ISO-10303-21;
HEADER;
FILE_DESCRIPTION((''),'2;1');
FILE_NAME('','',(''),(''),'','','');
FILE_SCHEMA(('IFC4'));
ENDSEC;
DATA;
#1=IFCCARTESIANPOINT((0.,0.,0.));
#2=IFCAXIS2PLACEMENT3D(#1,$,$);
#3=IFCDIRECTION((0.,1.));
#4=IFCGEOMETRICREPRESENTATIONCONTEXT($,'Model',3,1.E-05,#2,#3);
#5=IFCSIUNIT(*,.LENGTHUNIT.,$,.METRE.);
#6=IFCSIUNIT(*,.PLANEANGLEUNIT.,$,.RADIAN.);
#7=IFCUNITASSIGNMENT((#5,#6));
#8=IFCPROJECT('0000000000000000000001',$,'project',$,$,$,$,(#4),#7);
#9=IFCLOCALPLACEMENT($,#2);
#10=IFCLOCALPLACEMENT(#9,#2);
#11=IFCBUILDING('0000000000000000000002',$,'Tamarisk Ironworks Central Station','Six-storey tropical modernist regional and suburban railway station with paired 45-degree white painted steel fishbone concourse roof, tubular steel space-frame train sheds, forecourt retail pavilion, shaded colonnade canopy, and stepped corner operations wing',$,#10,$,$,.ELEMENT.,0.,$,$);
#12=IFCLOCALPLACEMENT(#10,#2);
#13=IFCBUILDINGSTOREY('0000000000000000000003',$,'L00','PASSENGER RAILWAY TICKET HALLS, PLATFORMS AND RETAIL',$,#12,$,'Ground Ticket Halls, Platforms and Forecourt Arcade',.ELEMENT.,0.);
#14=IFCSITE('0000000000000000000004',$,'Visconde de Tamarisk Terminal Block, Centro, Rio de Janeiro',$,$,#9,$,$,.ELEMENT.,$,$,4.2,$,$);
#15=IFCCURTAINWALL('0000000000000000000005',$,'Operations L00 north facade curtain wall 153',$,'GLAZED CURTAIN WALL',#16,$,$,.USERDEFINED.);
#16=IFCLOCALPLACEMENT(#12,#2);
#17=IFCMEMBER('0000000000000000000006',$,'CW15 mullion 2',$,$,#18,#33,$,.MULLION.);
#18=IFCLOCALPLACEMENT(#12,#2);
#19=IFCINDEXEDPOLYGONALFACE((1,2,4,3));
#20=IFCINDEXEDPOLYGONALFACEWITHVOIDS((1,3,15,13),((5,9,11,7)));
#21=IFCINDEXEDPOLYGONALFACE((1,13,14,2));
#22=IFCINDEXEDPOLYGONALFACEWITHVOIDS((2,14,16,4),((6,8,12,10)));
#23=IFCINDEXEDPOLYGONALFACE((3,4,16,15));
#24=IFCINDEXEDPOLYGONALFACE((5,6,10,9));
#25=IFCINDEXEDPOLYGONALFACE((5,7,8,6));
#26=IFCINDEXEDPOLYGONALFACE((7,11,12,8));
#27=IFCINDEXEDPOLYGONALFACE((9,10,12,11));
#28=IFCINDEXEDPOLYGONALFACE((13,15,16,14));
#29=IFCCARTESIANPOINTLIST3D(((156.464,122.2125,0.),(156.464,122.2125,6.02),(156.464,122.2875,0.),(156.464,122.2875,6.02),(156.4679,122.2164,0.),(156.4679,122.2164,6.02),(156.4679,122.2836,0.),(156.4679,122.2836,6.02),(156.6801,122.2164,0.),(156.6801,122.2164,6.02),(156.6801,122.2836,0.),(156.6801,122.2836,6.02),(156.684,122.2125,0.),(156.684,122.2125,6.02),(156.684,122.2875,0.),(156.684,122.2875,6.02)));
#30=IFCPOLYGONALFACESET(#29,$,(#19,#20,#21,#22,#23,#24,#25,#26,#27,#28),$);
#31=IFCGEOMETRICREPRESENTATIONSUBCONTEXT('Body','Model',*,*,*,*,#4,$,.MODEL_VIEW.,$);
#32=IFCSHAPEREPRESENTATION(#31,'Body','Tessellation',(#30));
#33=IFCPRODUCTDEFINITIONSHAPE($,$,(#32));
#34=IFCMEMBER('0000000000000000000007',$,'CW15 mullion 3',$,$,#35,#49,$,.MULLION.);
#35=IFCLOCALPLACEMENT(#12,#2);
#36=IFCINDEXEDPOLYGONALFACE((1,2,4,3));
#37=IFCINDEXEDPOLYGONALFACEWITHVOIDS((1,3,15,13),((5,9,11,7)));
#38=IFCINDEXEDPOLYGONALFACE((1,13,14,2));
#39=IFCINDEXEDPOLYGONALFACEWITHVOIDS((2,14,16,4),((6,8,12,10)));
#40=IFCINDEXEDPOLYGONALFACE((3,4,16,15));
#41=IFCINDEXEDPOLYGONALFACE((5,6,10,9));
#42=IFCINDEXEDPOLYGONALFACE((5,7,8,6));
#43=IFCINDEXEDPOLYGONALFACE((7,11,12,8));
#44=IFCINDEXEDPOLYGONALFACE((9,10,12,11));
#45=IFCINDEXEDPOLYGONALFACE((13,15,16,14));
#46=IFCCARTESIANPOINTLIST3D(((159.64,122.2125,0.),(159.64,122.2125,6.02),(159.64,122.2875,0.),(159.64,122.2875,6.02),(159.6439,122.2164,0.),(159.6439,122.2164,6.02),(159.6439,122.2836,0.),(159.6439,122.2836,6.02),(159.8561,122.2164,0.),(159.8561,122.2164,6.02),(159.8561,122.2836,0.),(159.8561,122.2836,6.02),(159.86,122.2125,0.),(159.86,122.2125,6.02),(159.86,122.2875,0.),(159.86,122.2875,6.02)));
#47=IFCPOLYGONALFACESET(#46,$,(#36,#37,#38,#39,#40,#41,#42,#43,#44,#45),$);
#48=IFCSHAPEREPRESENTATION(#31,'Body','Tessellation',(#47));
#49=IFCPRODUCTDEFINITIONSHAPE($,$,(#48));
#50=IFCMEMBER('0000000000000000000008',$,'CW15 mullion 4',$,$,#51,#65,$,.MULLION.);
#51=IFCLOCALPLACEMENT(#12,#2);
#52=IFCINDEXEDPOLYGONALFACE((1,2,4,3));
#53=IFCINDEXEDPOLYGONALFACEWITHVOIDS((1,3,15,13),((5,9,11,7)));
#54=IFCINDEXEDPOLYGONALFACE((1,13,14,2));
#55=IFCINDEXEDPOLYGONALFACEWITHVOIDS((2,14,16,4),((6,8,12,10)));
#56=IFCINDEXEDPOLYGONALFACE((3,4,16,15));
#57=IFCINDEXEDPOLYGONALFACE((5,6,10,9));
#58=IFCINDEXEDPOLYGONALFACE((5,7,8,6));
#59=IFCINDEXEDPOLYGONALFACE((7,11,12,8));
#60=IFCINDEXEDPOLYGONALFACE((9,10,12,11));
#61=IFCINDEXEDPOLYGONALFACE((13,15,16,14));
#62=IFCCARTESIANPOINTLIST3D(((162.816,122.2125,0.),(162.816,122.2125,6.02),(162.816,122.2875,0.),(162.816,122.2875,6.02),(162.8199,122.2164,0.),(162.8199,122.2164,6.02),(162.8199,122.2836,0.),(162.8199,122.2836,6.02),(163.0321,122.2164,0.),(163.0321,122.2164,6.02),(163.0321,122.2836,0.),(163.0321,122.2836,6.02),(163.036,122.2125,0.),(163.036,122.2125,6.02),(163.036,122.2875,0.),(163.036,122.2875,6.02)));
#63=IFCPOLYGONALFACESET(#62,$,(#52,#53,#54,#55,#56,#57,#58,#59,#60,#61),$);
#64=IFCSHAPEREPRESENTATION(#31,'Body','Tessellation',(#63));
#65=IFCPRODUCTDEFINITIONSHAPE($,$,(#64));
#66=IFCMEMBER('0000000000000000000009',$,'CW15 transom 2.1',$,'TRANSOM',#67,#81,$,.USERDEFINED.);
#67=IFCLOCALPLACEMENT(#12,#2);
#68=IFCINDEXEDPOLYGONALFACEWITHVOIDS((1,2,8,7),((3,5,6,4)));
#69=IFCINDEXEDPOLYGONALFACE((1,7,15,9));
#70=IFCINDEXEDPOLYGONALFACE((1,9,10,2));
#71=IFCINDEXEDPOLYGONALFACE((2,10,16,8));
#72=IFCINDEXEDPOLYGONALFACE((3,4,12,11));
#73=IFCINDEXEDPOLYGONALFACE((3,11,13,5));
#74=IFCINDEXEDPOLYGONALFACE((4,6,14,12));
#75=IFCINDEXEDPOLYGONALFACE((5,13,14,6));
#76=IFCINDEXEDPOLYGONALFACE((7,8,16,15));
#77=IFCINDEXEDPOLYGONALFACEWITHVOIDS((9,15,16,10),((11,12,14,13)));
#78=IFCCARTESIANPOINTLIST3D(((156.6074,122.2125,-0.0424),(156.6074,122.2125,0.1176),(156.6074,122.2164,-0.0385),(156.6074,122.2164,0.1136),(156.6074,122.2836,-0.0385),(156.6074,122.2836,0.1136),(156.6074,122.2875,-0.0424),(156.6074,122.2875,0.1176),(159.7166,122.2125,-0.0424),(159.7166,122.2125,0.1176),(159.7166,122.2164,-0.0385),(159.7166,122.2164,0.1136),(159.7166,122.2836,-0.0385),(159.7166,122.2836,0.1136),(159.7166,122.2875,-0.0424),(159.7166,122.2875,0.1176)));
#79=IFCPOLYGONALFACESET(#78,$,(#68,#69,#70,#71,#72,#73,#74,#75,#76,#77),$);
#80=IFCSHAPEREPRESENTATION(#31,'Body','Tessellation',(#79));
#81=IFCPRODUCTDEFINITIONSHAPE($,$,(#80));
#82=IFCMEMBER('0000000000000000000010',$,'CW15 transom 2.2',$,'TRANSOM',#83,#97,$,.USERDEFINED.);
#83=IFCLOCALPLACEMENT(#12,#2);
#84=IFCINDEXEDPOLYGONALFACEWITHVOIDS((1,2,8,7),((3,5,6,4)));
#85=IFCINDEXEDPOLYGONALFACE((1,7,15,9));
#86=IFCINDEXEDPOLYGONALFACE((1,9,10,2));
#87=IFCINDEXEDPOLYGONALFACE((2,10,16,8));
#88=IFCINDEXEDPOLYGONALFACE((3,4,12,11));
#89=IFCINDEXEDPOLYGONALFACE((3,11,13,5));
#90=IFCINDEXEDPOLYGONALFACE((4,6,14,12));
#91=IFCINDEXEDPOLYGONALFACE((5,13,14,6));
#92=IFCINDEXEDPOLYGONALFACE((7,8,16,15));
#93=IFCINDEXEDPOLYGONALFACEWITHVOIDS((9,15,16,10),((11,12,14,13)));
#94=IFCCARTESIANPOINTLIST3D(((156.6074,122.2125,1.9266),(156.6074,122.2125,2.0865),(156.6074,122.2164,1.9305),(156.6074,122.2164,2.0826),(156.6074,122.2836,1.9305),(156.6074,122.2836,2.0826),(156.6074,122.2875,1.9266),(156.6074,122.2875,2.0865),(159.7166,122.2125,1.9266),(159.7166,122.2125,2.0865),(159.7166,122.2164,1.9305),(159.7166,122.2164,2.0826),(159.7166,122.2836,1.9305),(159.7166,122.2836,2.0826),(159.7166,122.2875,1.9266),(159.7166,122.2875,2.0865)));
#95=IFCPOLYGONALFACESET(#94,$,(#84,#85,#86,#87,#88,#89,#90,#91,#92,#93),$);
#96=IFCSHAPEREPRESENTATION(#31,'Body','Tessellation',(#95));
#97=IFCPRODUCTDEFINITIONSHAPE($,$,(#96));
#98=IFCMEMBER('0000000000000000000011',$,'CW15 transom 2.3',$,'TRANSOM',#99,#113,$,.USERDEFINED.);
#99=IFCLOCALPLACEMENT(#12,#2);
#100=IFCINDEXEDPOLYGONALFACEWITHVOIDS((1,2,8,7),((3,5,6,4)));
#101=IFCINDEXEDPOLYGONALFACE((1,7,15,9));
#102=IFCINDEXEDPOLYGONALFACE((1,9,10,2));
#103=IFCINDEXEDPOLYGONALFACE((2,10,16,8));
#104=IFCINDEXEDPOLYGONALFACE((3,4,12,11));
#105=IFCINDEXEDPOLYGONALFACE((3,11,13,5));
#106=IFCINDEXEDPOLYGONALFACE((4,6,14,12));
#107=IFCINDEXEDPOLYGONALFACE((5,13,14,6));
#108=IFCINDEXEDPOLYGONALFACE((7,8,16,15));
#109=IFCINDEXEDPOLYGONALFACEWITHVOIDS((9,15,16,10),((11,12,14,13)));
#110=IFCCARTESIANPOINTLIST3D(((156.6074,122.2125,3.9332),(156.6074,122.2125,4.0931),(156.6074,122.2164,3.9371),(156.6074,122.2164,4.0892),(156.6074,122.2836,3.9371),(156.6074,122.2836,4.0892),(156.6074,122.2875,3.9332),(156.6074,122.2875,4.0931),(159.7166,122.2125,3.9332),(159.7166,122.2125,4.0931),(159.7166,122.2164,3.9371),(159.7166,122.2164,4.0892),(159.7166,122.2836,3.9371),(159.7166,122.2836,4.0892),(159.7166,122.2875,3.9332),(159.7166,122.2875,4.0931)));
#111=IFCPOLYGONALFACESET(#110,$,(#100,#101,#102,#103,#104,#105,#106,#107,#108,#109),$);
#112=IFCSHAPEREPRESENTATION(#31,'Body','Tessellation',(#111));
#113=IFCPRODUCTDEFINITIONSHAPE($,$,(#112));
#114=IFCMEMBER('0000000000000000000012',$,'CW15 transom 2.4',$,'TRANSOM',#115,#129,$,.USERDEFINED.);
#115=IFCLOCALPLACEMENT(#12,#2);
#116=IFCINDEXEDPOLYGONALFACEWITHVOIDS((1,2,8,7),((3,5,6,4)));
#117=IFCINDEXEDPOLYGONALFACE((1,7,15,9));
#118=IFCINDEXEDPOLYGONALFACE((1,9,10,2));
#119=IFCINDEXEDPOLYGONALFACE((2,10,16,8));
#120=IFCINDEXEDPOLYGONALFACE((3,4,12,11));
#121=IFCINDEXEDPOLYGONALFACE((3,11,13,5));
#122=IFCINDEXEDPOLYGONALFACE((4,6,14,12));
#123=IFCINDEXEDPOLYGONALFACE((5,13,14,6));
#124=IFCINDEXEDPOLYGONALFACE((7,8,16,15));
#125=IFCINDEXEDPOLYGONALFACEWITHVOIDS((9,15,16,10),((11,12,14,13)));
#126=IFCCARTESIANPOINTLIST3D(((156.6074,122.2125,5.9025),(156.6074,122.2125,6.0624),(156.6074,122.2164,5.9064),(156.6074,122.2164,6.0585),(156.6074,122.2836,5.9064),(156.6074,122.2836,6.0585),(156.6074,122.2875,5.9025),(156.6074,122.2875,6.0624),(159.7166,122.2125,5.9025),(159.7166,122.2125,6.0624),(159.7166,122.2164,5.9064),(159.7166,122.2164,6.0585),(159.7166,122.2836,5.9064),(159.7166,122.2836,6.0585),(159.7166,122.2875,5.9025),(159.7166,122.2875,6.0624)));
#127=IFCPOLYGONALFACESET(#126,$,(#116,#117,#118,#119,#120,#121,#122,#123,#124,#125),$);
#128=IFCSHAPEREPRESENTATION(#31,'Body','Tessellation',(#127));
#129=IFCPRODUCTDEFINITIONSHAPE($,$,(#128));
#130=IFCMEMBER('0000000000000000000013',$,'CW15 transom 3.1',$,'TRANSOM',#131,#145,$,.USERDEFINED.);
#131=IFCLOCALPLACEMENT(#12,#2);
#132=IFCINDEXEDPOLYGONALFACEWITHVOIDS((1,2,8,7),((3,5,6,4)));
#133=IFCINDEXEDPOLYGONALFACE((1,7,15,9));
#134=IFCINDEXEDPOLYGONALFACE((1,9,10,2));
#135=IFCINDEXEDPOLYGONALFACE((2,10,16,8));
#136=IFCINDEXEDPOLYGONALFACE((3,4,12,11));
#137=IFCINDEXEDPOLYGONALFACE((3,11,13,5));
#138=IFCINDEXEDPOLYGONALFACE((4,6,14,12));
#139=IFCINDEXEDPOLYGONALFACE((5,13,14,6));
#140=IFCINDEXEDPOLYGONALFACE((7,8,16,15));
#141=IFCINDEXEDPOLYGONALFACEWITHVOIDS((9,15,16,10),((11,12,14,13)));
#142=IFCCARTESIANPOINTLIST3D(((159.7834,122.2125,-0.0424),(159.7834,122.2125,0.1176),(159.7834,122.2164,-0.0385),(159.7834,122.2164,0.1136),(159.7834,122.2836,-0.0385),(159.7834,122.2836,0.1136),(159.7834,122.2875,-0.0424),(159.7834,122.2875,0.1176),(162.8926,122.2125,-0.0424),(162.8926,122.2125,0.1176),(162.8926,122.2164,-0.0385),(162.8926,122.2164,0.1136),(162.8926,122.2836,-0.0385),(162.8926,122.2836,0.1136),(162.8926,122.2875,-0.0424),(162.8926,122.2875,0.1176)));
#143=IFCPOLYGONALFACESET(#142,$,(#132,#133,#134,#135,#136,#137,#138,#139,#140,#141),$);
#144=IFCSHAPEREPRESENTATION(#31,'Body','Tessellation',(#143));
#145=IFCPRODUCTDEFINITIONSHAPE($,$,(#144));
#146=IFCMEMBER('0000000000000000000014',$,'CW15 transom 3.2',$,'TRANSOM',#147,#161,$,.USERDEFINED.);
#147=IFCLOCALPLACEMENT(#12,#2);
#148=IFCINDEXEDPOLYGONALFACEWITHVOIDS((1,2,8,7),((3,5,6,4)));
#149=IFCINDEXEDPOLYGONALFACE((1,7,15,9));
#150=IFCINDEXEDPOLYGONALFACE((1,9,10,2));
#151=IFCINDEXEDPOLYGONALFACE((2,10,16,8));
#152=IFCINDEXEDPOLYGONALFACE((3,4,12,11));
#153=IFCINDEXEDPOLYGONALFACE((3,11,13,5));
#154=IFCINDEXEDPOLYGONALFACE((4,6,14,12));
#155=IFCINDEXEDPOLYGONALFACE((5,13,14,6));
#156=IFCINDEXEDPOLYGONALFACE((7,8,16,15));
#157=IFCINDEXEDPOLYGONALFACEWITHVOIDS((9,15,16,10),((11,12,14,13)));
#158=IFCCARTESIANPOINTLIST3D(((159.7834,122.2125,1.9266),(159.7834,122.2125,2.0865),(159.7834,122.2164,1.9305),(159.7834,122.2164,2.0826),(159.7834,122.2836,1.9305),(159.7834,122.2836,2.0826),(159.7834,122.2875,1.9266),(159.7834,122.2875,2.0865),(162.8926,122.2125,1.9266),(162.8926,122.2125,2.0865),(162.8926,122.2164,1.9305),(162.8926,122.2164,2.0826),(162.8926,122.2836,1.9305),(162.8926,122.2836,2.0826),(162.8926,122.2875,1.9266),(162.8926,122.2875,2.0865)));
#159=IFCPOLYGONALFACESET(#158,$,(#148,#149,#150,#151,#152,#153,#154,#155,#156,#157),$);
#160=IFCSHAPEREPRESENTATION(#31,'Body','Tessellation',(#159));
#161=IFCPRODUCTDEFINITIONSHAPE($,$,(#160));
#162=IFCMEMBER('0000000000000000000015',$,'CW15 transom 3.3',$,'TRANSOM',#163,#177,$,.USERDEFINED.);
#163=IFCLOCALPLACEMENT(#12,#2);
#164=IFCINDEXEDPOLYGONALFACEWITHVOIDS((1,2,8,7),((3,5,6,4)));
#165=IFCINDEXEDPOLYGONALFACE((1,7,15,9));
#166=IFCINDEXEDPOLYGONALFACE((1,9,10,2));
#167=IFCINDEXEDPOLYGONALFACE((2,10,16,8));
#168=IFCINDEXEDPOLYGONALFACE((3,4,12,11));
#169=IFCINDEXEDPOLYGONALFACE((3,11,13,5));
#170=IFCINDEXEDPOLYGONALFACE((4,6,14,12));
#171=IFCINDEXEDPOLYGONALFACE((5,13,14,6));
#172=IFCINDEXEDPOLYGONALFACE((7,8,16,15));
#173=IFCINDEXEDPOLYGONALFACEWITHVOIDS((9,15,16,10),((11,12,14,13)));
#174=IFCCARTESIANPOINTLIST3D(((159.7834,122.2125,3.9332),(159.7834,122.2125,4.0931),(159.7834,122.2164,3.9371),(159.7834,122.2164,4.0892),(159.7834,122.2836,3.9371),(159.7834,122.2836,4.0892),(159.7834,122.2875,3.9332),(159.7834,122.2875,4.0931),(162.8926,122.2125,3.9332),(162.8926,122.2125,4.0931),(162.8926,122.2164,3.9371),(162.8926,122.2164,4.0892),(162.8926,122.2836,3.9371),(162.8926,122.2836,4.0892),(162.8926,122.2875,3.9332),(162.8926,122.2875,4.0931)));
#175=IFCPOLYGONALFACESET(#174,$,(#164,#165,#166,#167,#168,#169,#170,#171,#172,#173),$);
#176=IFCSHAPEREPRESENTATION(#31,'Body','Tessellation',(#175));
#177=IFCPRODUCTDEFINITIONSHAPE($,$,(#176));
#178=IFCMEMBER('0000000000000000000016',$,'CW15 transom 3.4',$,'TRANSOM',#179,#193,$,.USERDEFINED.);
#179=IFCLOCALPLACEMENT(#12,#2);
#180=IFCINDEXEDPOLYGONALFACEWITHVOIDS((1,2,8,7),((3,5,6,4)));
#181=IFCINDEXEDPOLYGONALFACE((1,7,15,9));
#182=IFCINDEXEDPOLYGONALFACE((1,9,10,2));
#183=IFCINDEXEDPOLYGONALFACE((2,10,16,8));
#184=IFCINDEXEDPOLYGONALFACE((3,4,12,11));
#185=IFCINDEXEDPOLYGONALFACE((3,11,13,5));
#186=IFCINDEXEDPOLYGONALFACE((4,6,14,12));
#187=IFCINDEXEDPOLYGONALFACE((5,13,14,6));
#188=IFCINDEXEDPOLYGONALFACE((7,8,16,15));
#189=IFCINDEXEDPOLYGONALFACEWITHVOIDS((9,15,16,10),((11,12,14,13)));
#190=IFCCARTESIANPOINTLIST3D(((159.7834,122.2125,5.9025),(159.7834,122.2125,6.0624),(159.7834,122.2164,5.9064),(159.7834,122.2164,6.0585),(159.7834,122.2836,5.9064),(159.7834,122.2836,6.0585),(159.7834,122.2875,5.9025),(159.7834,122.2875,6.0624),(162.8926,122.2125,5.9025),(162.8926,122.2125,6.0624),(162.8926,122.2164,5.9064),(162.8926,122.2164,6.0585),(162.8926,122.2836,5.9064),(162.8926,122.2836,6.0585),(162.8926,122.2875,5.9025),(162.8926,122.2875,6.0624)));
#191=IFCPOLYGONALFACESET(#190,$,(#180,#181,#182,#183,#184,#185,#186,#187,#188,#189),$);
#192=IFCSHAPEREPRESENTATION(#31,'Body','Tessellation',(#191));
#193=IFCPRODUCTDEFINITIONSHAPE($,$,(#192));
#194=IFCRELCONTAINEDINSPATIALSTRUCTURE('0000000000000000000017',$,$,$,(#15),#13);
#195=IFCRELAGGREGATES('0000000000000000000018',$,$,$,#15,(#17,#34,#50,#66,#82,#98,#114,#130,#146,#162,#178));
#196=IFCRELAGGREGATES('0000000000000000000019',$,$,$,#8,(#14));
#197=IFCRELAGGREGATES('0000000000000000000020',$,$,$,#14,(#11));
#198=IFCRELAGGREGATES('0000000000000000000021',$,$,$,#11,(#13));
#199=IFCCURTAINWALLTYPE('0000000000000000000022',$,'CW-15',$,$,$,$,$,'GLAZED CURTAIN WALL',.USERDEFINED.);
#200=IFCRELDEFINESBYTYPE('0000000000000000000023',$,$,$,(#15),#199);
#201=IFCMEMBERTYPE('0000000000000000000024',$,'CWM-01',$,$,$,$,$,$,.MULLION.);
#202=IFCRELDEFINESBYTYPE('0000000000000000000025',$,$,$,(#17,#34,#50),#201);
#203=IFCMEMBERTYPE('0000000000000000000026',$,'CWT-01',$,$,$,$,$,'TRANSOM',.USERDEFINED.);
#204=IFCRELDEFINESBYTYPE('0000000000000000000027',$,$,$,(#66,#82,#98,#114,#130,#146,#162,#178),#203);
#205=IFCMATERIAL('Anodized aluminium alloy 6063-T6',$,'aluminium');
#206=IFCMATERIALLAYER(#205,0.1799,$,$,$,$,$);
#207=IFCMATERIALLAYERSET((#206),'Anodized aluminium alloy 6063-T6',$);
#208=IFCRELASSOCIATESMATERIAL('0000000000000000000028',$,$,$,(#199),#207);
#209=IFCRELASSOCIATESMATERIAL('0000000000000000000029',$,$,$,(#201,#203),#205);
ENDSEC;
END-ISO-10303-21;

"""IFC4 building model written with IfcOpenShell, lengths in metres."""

from ifc_helpers import new_model, si_unit, direction, frame, origin, origin_2d, place, context, subcontext, project, spatial, hollow_rectangle, extrude, material, layer, layer_set, material_profile, profile_set, type_object, element, aggregate, save


model = new_model("IFC4")

# Units and contexts
model_context = context("Model", 3, precision=1e-05, world=origin(), true_north=direction((0.0, 1.0)))
body_context = subcontext(model_context, "Body", "Model", "MODEL_VIEW")
ifc_project = project(units=[si_unit("LENGTHUNIT", "METRE"), si_unit("PLANEANGLEUNIT", "RADIAN")], contexts=[model_context])

# Site, building, storey
site_placement = place(None, origin())
site = spatial("IfcSite", under=ifc_project, at=site_placement, Name="Visconde de Tamarisk Terminal Block, Centro, Rio de Janeiro", CompositionType="ELEMENT", RefElevation=4.2)
building_placement = place(site_placement, origin())
building = spatial("IfcBuilding", under=site, at=building_placement, Name="Tamarisk Ironworks Central Station", Description="Six-storey tropical modernist regional and suburban railway station with paired 45-degree white painted steel fishbone concourse roof, tubular steel space-frame train sheds, forecourt retail pavilion, shaded colonnade canopy, and stepped corner operations wing", CompositionType="ELEMENT", ElevationOfRefHeight=0.0)
storey_placement = place(building_placement, origin())
storey = spatial("IfcBuildingStorey", under=building, at=storey_placement, Name="L00", Description="PASSENGER RAILWAY TICKET HALLS, PLATFORMS AND RETAIL", LongName="Ground Ticket Halls, Platforms and Forecourt Arcade", CompositionType="ELEMENT", Elevation=0.0)

# Curtain wall, members
ifc_material_1 = material(Name="Anodized aluminium alloy 6063-T6", Category="aluminium")
ifc_layer_1 = layer(ifc_material_1, 0.1799)
ifc_layer_set_1 = layer_set([ifc_layer_1], Name="Anodized aluminium alloy 6063-T6")
curtain_wall_type = type_object("IfcCurtainWallType", Name="CW-15", ElementType="GLAZED CURTAIN WALL", PredefinedType="USERDEFINED", material=ifc_layer_set_1)
curtain_wall_placement = place(storey_placement, origin())
curtain_wall = element("IfcCurtainWall", 1, at=curtain_wall_placement, inside=storey, type_object=curtain_wall_type, Name="Operations L00 north facade curtain wall 153", ObjectType="GLAZED CURTAIN WALL", PredefinedType="USERDEFINED")
ifc_material_profile_1 = material_profile(ifc_material_1, hollow_rectangle(XDim=0.075, YDim=0.22, WallThickness=0.0039, at=origin_2d()), Name="ALUM 220x75")
ifc_profile_set_1 = profile_set([ifc_material_profile_1], Name="Anodized aluminium alloy 6063-T6")
member_type_1 = type_object("IfcMemberType", Name="CWM-01", PredefinedType="MULLION", material=ifc_profile_set_1)
member_1_placement = place(storey_placement, frame((156.574, 122.25, 0.0), z_axis=(0.0, 0.0, 1.0), x_axis=(0.0, 1.0, 0.0)))
member_1 = element("IfcMember", 2, at=member_1_placement, type_object=member_type_1, Name="CW15 mullion 2", PredefinedType="MULLION", context=body_context, shape_type="SweptSolid", body=[
    extrude(hollow_rectangle(XDim=0.075, YDim=0.22, WallThickness=0.0039, at=origin_2d()), origin(), (0.0, 0.0, 1.0), 6.02),
])
member_2_placement = place(storey_placement, frame((159.75, 122.25, 0.0), z_axis=(0.0, 0.0, 1.0), x_axis=(0.0, 1.0, 0.0)))
member_2 = element("IfcMember", 3, at=member_2_placement, type_object=member_type_1, Name="CW15 mullion 3", PredefinedType="MULLION", context=body_context, shape_type="SweptSolid", body=[
    extrude(hollow_rectangle(XDim=0.075, YDim=0.22, WallThickness=0.0039, at=origin_2d()), origin(), (0.0, 0.0, 1.0), 6.02),
])
member_3_placement = place(storey_placement, frame((162.926, 122.25, 0.0), z_axis=(0.0, 0.0, 1.0), x_axis=(0.0, 1.0, 0.0)))
member_3 = element("IfcMember", 4, at=member_3_placement, type_object=member_type_1, Name="CW15 mullion 4", PredefinedType="MULLION", context=body_context, shape_type="SweptSolid", body=[
    extrude(hollow_rectangle(XDim=0.075, YDim=0.22, WallThickness=0.0039, at=origin_2d()), origin(), (0.0, 0.0, 1.0), 6.02),
])
ifc_material_profile_2 = material_profile(ifc_material_1, hollow_rectangle(XDim=0.075, YDim=0.1599, WallThickness=0.0039, at=origin_2d()), Name="ALUM 160x75")
ifc_profile_set_2 = profile_set([ifc_material_profile_2], Name="Anodized aluminium alloy 6063-T6")
member_type_2 = type_object("IfcMemberType", Name="CWT-01", ElementType="TRANSOM", PredefinedType="USERDEFINED", material=ifc_profile_set_2)
member_4_placement = place(storey_placement, frame((156.6074, 122.25, 0.0376), z_axis=(1.0, 0.0, 0.0), x_axis=(0.0, 1.0, 0.0)))
member_4 = element("IfcMember", 5, at=member_4_placement, type_object=member_type_2, Name="CW15 transom 2.1", ObjectType="TRANSOM", PredefinedType="USERDEFINED", context=body_context, shape_type="SweptSolid", body=[
    extrude(hollow_rectangle(XDim=0.075, YDim=0.1599, WallThickness=0.0039, at=origin_2d()), origin(), (0.0, 0.0, 1.0), 3.1091),
])
member_5_placement = place(storey_placement, frame((156.6074, 122.25, 2.0066), z_axis=(1.0, 0.0, 0.0), x_axis=(0.0, 1.0, 0.0)))
member_5 = element("IfcMember", 6, at=member_5_placement, type_object=member_type_2, Name="CW15 transom 2.2", ObjectType="TRANSOM", PredefinedType="USERDEFINED", context=body_context, shape_type="SweptSolid", body=[
    extrude(hollow_rectangle(XDim=0.075, YDim=0.1599, WallThickness=0.0039, at=origin_2d()), origin(), (0.0, 0.0, 1.0), 3.1091),
])
member_6_placement = place(storey_placement, frame((156.6074, 122.25, 4.0132), z_axis=(1.0, 0.0, 0.0), x_axis=(0.0, 1.0, 0.0)))
member_6 = element("IfcMember", 7, at=member_6_placement, type_object=member_type_2, Name="CW15 transom 2.3", ObjectType="TRANSOM", PredefinedType="USERDEFINED", context=body_context, shape_type="SweptSolid", body=[
    extrude(hollow_rectangle(XDim=0.075, YDim=0.1599, WallThickness=0.0039, at=origin_2d()), origin(), (0.0, 0.0, 1.0), 3.1091),
])
member_7_placement = place(storey_placement, frame((156.6074, 122.25, 5.9824), z_axis=(1.0, 0.0, 0.0), x_axis=(0.0, 1.0, 0.0)))
member_7 = element("IfcMember", 8, at=member_7_placement, type_object=member_type_2, Name="CW15 transom 2.4", ObjectType="TRANSOM", PredefinedType="USERDEFINED", context=body_context, shape_type="SweptSolid", body=[
    extrude(hollow_rectangle(XDim=0.075, YDim=0.1599, WallThickness=0.0039, at=origin_2d()), origin(), (0.0, 0.0, 1.0), 3.1091),
])
member_8_placement = place(storey_placement, frame((159.7834, 122.25, 0.0376), z_axis=(1.0, 0.0, 0.0), x_axis=(0.0, 1.0, 0.0)))
member_8 = element("IfcMember", 9, at=member_8_placement, type_object=member_type_2, Name="CW15 transom 3.1", ObjectType="TRANSOM", PredefinedType="USERDEFINED", context=body_context, shape_type="SweptSolid", body=[
    extrude(hollow_rectangle(XDim=0.075, YDim=0.1599, WallThickness=0.0039, at=origin_2d()), origin(), (0.0, 0.0, 1.0), 3.1091),
])
member_9_placement = place(storey_placement, frame((159.7834, 122.25, 2.0066), z_axis=(1.0, 0.0, 0.0), x_axis=(0.0, 1.0, 0.0)))
member_9 = element("IfcMember", 10, at=member_9_placement, type_object=member_type_2, Name="CW15 transom 3.2", ObjectType="TRANSOM", PredefinedType="USERDEFINED", context=body_context, shape_type="SweptSolid", body=[
    extrude(hollow_rectangle(XDim=0.075, YDim=0.1599, WallThickness=0.0039, at=origin_2d()), origin(), (0.0, 0.0, 1.0), 3.1091),
])
member_10_placement = place(storey_placement, frame((159.7834, 122.25, 4.0132), z_axis=(1.0, 0.0, 0.0), x_axis=(0.0, 1.0, 0.0)))
member_10 = element("IfcMember", 11, at=member_10_placement, type_object=member_type_2, Name="CW15 transom 3.3", ObjectType="TRANSOM", PredefinedType="USERDEFINED", context=body_context, shape_type="SweptSolid", body=[
    extrude(hollow_rectangle(XDim=0.075, YDim=0.1599, WallThickness=0.0039, at=origin_2d()), origin(), (0.0, 0.0, 1.0), 3.1091),
])
member_11_placement = place(storey_placement, frame((159.7834, 122.25, 5.9824), z_axis=(1.0, 0.0, 0.0), x_axis=(0.0, 1.0, 0.0)))
member_11 = element("IfcMember", 12, at=member_11_placement, type_object=member_type_2, Name="CW15 transom 3.4", ObjectType="TRANSOM", PredefinedType="USERDEFINED", context=body_context, shape_type="SweptSolid", body=[
    extrude(hollow_rectangle(XDim=0.075, YDim=0.1599, WallThickness=0.0039, at=origin_2d()), origin(), (0.0, 0.0, 1.0), 3.1091),
])
aggregate(curtain_wall, [member_1, member_2, member_3, member_4, member_5, member_6, member_7, member_8, member_9, member_10, member_11])

save(model, "model.ifc")
